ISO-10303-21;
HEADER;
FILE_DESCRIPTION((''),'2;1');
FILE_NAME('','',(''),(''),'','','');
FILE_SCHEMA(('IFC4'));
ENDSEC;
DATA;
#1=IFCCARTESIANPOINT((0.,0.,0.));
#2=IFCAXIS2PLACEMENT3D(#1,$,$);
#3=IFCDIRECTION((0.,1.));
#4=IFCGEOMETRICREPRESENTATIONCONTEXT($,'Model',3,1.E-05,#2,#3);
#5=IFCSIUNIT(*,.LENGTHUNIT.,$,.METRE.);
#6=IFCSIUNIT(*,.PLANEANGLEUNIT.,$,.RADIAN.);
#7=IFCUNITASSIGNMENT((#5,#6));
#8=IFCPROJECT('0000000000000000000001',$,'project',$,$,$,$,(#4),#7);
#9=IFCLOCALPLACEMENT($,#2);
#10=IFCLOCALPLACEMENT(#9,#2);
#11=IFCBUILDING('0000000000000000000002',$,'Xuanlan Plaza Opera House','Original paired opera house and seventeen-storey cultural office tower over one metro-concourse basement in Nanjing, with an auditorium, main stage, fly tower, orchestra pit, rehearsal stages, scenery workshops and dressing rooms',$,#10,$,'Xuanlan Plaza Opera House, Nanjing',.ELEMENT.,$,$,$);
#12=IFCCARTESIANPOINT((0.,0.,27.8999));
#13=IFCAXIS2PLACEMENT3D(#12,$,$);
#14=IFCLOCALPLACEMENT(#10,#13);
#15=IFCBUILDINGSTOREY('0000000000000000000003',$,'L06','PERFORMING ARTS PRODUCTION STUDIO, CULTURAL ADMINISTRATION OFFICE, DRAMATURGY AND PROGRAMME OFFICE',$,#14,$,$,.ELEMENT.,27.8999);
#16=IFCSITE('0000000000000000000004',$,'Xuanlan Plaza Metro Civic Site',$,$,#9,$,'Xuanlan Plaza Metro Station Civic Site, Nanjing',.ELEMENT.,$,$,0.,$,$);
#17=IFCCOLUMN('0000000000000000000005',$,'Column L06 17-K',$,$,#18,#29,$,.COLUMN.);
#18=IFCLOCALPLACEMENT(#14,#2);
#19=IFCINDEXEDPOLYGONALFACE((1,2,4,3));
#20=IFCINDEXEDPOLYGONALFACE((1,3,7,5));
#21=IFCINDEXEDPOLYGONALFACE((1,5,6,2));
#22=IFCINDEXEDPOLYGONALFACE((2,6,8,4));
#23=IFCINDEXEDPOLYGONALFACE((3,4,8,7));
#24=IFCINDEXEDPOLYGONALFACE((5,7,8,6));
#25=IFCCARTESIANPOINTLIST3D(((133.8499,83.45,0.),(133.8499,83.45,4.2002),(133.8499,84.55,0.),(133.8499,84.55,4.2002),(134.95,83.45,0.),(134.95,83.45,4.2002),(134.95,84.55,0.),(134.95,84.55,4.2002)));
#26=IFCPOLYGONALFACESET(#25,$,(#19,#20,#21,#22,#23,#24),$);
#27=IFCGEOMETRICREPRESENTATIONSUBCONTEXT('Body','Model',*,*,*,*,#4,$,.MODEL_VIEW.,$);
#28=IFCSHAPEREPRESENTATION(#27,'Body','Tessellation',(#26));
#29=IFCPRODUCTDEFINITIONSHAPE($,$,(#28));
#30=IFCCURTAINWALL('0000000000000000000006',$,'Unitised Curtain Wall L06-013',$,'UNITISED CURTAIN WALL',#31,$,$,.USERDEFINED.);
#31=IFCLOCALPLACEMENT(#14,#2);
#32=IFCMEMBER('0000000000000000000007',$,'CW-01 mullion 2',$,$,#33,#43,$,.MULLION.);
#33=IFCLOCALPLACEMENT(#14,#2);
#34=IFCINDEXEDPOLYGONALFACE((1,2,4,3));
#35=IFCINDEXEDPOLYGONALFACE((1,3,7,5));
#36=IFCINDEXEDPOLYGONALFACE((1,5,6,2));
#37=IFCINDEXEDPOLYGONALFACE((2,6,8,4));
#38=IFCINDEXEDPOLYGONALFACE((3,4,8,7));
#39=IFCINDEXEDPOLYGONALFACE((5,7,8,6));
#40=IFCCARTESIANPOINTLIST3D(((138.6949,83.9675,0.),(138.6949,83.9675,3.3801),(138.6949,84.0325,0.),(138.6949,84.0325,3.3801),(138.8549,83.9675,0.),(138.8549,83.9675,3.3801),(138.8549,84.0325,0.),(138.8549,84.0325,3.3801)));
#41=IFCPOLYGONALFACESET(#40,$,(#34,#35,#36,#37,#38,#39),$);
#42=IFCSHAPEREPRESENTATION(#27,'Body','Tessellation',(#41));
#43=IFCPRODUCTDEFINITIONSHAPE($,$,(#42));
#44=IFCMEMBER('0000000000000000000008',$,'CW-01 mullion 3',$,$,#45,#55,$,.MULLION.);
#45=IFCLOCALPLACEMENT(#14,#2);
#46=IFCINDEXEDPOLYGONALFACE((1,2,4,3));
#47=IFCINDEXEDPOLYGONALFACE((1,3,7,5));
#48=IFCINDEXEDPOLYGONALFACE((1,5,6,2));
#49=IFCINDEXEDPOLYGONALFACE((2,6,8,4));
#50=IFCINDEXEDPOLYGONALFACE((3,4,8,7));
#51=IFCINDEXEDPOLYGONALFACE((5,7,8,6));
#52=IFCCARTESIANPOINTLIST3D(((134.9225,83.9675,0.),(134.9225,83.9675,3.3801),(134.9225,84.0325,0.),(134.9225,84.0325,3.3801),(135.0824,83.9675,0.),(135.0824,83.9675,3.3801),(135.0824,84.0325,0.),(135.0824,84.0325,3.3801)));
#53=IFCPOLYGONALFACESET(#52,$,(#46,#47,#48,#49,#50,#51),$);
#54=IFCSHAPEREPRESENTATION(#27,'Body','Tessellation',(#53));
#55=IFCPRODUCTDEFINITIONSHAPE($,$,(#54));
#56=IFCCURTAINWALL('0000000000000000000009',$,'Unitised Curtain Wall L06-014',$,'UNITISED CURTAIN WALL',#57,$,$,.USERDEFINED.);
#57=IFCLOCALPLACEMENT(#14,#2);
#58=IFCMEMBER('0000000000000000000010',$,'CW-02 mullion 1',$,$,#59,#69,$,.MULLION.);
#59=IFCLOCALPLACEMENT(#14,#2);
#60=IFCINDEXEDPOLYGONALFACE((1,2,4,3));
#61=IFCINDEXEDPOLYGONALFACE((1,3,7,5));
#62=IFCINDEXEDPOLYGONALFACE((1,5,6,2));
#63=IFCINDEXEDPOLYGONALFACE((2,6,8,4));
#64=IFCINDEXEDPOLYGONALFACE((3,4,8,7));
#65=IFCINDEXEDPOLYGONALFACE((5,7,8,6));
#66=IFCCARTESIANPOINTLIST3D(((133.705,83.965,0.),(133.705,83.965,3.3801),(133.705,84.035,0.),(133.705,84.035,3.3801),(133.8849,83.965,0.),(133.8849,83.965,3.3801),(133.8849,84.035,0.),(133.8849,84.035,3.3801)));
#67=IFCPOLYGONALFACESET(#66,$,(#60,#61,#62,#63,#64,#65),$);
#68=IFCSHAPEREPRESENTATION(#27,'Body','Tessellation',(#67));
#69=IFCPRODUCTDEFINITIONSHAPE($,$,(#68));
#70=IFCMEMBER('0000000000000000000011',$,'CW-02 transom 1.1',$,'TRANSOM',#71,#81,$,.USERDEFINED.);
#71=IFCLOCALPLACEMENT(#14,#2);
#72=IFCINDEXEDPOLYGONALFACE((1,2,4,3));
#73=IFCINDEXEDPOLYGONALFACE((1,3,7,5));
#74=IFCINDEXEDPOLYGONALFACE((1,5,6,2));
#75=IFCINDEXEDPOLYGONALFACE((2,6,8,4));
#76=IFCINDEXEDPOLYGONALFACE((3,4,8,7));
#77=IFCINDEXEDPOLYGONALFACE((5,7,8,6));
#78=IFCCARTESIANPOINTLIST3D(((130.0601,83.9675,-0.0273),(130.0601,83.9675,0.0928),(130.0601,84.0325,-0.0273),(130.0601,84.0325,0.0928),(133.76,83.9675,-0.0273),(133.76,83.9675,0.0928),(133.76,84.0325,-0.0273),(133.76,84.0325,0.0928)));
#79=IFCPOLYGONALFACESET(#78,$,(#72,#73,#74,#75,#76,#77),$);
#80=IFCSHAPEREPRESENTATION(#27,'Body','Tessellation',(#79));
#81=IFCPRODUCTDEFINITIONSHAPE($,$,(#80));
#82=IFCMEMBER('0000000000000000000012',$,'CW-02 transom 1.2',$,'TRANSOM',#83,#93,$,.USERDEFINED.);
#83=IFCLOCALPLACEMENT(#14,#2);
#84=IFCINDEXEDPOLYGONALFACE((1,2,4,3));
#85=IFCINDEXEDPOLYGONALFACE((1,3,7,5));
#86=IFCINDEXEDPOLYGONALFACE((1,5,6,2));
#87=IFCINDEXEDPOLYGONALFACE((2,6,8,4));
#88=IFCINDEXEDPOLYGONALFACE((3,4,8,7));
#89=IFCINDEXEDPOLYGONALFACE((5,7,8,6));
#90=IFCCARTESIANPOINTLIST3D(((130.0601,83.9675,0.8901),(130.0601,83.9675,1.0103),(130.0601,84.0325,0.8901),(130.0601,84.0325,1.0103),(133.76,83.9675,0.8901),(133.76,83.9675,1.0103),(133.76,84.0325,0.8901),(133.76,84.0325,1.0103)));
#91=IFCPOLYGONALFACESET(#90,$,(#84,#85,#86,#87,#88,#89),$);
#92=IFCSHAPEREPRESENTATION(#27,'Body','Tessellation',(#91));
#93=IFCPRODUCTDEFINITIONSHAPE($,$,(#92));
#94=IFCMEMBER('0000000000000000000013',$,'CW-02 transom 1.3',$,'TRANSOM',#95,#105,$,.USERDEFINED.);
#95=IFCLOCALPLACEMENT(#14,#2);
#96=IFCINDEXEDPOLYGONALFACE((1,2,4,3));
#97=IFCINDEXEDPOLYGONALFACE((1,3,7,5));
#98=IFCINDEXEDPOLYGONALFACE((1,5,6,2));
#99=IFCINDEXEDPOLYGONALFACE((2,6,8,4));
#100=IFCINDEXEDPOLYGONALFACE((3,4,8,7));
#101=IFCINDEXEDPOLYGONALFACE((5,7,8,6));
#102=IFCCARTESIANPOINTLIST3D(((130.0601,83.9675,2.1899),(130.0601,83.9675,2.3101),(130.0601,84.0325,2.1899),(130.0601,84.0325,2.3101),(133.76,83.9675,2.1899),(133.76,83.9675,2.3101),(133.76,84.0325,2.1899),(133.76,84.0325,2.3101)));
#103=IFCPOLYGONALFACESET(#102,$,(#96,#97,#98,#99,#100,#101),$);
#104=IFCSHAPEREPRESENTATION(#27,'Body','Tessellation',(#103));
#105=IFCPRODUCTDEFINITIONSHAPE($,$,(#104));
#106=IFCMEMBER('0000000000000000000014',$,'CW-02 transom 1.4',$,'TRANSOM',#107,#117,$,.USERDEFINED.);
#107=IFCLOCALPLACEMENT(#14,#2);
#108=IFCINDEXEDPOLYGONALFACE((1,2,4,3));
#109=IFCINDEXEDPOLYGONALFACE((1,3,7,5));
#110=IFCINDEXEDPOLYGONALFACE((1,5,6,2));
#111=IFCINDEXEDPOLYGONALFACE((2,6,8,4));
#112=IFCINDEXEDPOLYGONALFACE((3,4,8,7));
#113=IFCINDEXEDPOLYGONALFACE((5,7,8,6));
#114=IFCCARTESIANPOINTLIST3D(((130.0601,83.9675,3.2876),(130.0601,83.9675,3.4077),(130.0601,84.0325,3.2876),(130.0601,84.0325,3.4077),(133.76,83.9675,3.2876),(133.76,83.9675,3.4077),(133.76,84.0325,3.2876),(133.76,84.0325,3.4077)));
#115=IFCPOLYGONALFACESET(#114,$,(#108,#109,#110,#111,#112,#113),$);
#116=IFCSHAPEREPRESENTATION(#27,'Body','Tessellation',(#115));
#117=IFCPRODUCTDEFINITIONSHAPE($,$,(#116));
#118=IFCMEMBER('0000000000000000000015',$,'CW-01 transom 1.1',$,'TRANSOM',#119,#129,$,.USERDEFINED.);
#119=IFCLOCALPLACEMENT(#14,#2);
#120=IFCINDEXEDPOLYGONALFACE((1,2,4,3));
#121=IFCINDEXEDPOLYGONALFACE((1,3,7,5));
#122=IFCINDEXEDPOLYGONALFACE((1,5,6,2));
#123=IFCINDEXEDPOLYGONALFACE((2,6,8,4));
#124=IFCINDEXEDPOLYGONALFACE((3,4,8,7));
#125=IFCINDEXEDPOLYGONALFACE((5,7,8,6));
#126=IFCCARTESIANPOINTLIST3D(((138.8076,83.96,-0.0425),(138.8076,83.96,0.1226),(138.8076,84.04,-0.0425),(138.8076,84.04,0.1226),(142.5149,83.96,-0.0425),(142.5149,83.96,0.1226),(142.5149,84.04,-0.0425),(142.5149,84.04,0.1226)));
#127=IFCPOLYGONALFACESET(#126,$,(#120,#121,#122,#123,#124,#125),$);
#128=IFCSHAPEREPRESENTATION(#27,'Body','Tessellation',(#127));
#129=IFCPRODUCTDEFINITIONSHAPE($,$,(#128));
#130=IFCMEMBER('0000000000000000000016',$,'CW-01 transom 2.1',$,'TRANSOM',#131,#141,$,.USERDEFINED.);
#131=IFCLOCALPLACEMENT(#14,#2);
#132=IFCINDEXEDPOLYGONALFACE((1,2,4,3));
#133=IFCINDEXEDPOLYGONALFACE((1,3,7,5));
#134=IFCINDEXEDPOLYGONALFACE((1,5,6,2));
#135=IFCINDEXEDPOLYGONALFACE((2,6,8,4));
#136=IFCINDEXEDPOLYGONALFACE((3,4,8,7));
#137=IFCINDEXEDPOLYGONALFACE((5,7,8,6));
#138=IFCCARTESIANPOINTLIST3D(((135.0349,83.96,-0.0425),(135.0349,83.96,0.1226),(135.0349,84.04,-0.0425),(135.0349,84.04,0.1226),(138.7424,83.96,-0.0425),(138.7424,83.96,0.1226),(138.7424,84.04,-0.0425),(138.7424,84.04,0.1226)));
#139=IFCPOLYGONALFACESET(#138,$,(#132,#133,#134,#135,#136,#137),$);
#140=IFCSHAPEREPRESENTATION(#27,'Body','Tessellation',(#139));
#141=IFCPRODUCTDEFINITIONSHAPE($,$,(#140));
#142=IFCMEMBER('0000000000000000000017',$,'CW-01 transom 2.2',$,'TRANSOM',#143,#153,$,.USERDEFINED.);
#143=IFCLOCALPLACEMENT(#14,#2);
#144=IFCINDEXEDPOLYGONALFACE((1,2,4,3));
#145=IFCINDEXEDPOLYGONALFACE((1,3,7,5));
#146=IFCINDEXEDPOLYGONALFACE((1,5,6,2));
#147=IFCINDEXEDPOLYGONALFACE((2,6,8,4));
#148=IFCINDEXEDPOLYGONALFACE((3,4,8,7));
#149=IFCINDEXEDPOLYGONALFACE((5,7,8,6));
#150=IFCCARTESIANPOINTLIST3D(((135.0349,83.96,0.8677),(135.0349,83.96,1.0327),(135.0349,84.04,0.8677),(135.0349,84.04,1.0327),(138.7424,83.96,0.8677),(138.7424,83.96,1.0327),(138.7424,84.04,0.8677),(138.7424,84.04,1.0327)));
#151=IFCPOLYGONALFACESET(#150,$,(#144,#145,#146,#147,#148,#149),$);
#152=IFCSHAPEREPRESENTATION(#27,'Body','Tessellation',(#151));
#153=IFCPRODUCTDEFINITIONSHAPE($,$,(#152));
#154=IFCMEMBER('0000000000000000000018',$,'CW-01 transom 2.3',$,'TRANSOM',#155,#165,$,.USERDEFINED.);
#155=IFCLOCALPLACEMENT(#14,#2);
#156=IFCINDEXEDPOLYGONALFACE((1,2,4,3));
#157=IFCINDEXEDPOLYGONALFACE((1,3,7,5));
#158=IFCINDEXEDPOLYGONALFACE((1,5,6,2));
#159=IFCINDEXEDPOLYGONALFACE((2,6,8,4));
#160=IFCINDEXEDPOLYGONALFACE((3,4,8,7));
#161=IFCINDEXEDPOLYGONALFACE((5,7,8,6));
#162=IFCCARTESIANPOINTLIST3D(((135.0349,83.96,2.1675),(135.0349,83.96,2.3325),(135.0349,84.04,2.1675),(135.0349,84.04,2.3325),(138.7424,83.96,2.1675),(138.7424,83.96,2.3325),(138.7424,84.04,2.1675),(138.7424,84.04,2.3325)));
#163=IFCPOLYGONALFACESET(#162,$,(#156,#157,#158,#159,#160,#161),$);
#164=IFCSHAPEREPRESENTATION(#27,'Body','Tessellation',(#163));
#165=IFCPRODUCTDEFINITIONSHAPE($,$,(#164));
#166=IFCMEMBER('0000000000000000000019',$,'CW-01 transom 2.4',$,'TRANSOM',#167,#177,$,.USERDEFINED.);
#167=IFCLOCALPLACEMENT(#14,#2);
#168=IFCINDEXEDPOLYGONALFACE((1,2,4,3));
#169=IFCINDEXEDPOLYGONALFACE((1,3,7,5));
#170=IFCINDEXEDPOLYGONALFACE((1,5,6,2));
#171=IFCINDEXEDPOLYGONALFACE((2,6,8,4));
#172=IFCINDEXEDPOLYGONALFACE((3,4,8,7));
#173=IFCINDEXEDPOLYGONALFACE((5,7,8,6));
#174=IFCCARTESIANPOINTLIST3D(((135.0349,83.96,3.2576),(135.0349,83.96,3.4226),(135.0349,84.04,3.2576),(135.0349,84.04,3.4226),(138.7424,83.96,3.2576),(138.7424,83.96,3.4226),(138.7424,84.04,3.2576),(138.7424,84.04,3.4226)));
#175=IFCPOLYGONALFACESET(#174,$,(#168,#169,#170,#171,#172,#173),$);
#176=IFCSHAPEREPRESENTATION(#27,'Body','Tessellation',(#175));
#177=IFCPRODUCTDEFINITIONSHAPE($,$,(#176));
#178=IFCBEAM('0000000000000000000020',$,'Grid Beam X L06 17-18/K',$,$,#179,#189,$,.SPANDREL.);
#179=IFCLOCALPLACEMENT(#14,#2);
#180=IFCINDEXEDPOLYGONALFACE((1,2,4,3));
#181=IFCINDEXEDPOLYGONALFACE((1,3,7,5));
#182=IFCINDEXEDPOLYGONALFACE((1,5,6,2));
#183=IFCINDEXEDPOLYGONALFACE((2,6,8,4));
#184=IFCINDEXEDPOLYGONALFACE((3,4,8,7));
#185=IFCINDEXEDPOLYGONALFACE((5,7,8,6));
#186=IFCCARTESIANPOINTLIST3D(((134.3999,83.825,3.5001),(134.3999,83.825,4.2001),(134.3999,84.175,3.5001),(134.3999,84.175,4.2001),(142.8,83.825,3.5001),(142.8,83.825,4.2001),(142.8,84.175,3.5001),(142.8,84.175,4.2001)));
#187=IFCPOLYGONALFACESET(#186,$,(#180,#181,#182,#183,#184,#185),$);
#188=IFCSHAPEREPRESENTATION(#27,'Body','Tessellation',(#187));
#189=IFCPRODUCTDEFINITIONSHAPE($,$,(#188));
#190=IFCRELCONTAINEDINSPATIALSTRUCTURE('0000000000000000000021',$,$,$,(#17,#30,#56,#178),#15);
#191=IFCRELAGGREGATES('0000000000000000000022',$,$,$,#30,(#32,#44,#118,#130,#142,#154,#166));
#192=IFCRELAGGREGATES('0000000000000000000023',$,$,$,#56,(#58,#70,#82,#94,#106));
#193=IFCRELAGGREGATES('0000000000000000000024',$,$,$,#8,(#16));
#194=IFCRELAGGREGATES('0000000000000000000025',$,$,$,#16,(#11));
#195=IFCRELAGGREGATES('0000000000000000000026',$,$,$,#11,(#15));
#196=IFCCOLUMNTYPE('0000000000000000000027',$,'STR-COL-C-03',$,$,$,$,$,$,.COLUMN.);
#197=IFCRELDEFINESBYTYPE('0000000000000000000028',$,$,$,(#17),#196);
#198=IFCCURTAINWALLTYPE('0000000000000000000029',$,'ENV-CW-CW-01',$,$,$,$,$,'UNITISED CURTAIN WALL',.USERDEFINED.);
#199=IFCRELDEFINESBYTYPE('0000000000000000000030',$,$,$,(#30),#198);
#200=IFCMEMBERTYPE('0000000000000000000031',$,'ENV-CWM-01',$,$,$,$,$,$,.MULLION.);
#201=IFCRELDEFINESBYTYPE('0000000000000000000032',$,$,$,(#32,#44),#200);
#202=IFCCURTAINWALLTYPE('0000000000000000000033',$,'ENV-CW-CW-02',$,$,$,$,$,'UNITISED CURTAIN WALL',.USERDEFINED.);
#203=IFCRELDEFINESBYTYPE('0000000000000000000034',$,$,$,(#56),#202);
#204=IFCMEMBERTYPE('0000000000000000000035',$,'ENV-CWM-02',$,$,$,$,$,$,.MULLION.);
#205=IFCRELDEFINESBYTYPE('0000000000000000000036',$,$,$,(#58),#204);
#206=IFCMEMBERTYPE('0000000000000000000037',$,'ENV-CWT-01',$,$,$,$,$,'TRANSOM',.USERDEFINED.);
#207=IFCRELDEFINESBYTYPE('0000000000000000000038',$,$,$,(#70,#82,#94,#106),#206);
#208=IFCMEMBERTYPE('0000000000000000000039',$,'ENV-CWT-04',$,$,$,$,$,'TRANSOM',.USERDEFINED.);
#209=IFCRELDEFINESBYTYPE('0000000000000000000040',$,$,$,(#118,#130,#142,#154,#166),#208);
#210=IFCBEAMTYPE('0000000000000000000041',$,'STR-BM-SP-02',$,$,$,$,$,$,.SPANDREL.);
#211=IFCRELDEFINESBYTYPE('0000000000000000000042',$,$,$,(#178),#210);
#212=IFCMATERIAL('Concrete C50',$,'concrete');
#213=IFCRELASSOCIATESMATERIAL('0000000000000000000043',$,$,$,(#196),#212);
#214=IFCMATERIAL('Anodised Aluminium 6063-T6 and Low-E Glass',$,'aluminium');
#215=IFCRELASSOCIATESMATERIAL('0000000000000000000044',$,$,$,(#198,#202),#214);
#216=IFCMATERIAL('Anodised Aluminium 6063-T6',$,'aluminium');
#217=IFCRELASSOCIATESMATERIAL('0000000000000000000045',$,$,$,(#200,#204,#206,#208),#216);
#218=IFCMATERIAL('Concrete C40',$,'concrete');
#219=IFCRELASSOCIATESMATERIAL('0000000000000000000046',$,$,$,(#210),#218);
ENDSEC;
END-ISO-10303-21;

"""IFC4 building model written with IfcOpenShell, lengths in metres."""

from ifc_helpers import new_model, si_unit, direction, frame, origin, origin_2d, place, context, subcontext, project, spatial, rectangle, extrude, material, material_profile, profile_set, type_object, element, aggregate, save


model = new_model("IFC4")

# Units and contexts
model_context = context("Model", 3, precision=1e-05, world=origin(), true_north=direction((0.0, 1.0)))
body_context = subcontext(model_context, "Body", "Model", "MODEL_VIEW")
ifc_project = project(units=[si_unit("LENGTHUNIT", "METRE"), si_unit("PLANEANGLEUNIT", "RADIAN")], contexts=[model_context])

# Site, building, storey
site_placement = place(None, origin())
site = spatial("IfcSite", under=ifc_project, at=site_placement, Name="Xuanlan Plaza Metro Civic Site", LongName="Xuanlan Plaza Metro Station Civic Site, Nanjing", CompositionType="ELEMENT", RefElevation=0.0)
building_placement = place(site_placement, origin())
building = spatial("IfcBuilding", under=site, at=building_placement, Name="Xuanlan Plaza Opera House", Description="Original paired opera house and seventeen-storey cultural office tower over one metro-concourse basement in Nanjing, with an auditorium, main stage, fly tower, orchestra pit, rehearsal stages, scenery workshops and dressing rooms", LongName="Xuanlan Plaza Opera House, Nanjing", CompositionType="ELEMENT")
storey_placement = place(building_placement, frame((0.0, 0.0, 27.8999)))
storey = spatial("IfcBuildingStorey", under=building, at=storey_placement, Name="L06", Description="PERFORMING ARTS PRODUCTION STUDIO, CULTURAL ADMINISTRATION OFFICE, DRAMATURGY AND PROGRAMME OFFICE", CompositionType="ELEMENT", Elevation=27.8999)

# Column
ifc_material_1 = material(Name="Concrete C50", Category="concrete")
ifc_material_profile_1 = material_profile(ifc_material_1, rectangle(XDim=1.1001, YDim=1.1001, at=origin_2d()), Name="RC-COL 1100x1100")
ifc_profile_set_1 = profile_set([ifc_material_profile_1], Name="Concrete C50")
column_type = type_object("IfcColumnType", Name="STR-COL-C-03", PredefinedType="COLUMN", material=ifc_profile_set_1)
column_placement = place(storey_placement, frame((134.3999, 84.0, 0.0), z_axis=(0.0, 0.0, 1.0), x_axis=(1.0, 0.0, 0.0)))
element("IfcColumn", 1, at=column_placement, inside=storey, type_object=column_type, Name="Column L06 17-K", PredefinedType="COLUMN", context=body_context, shape_type="SweptSolid", body=[
    extrude(rectangle(XDim=1.1001, YDim=1.1001, at=origin_2d()), origin(), (0.0, 0.0, 1.0), 4.2002),
])

# Curtain walls, members
ifc_material_2 = material(Name="Anodised Aluminium 6063-T6 and Low-E Glass", Category="aluminium")
curtain_wall_type_1 = type_object("IfcCurtainWallType", Name="ENV-CW-CW-01", ElementType="UNITISED CURTAIN WALL", PredefinedType="USERDEFINED", material=ifc_material_2)
curtain_wall_1_placement = place(storey_placement, origin())
curtain_wall_1 = element("IfcCurtainWall", 2, at=curtain_wall_1_placement, inside=storey, type_object=curtain_wall_type_1, Name="Unitised Curtain Wall L06-013", ObjectType="UNITISED CURTAIN WALL", PredefinedType="USERDEFINED")
ifc_material_3 = material(Name="Anodised Aluminium 6063-T6", Category="aluminium")
ifc_material_profile_2 = material_profile(ifc_material_3, rectangle(XDim=0.0649, YDim=0.1599, at=origin_2d()), Name="ALU-M 65x160")
ifc_profile_set_2 = profile_set([ifc_material_profile_2], Name="Anodised Aluminium 6063-T6")
member_type_1 = type_object("IfcMemberType", Name="ENV-CWM-01", PredefinedType="MULLION", material=ifc_profile_set_2)
member_1_placement = place(storey_placement, frame((138.7749, 84.0, 0.0), z_axis=(0.0, 0.0, 1.0), x_axis=(0.0, -1.0, 0.0)))
member_1 = element("IfcMember", 3, at=member_1_placement, type_object=member_type_1, Name="CW-01 mullion 2", PredefinedType="MULLION", context=body_context, shape_type="SweptSolid", body=[
    extrude(rectangle(XDim=0.0649, YDim=0.1599, at=origin_2d()), origin(), (0.0, 0.0, 1.0), 3.3801),
])
member_2_placement = place(storey_placement, frame((135.0024, 84.0, 0.0), z_axis=(0.0, 0.0, 1.0), x_axis=(0.0, -1.0, 0.0)))
member_2 = element("IfcMember", 4, at=member_2_placement, type_object=member_type_1, Name="CW-01 mullion 3", PredefinedType="MULLION", context=body_context, shape_type="SweptSolid", body=[
    extrude(rectangle(XDim=0.0649, YDim=0.1599, at=origin_2d()), origin(), (0.0, 0.0, 1.0), 3.3801),
])
curtain_wall_type_2 = type_object("IfcCurtainWallType", Name="ENV-CW-CW-02", ElementType="UNITISED CURTAIN WALL", PredefinedType="USERDEFINED", material=ifc_material_2)
curtain_wall_2_placement = place(storey_placement, origin())
curtain_wall_2 = element("IfcCurtainWall", 5, at=curtain_wall_2_placement, inside=storey, type_object=curtain_wall_type_2, Name="Unitised Curtain Wall L06-014", ObjectType="UNITISED CURTAIN WALL", PredefinedType="USERDEFINED")
ifc_material_profile_3 = material_profile(ifc_material_3, rectangle(XDim=0.0701, YDim=0.1799, at=origin_2d()), Name="ALU-M 70x180")
ifc_profile_set_3 = profile_set([ifc_material_profile_3], Name="Anodised Aluminium 6063-T6")
member_type_2 = type_object("IfcMemberType", Name="ENV-CWM-02", PredefinedType="MULLION", material=ifc_profile_set_3)
member_3_placement = place(storey_placement, frame((133.7949, 84.0, 0.0), z_axis=(0.0, 0.0, 1.0), x_axis=(0.0, -1.0, 0.0)))
member_3 = element("IfcMember", 6, at=member_3_placement, type_object=member_type_2, Name="CW-02 mullion 1", PredefinedType="MULLION", context=body_context, shape_type="SweptSolid", body=[
    extrude(rectangle(XDim=0.0701, YDim=0.1799, at=origin_2d()), origin(), (0.0, 0.0, 1.0), 3.3801),
])
ifc_material_profile_4 = material_profile(ifc_material_3, rectangle(XDim=0.0649, YDim=0.1201, at=origin_2d()), Name="ALU-T 65x120")
ifc_profile_set_4 = profile_set([ifc_material_profile_4], Name="Anodised Aluminium 6063-T6")
member_type_3 = type_object("IfcMemberType", Name="ENV-CWT-01", ElementType="TRANSOM", PredefinedType="USERDEFINED", material=ifc_profile_set_4)
member_4_placement = place(storey_placement, frame((133.76, 84.0, 0.0327), z_axis=(-1.0, 0.0, 0.0), x_axis=(0.0, -1.0, 0.0)))
member_4 = element("IfcMember", 7, at=member_4_placement, type_object=member_type_3, Name="CW-02 transom 1.1", ObjectType="TRANSOM", PredefinedType="USERDEFINED", context=body_context, shape_type="SweptSolid", body=[
    extrude(rectangle(XDim=0.0649, YDim=0.1201, at=origin_2d()), origin(), (0.0, 0.0, 1.0), 3.7),
])
member_5_placement = place(storey_placement, frame((133.76, 84.0, 0.9502), z_axis=(-1.0, 0.0, 0.0), x_axis=(0.0, -1.0, 0.0)))
member_5 = element("IfcMember", 8, at=member_5_placement, type_object=member_type_3, Name="CW-02 transom 1.2", ObjectType="TRANSOM", PredefinedType="USERDEFINED", context=body_context, shape_type="SweptSolid", body=[
    extrude(rectangle(XDim=0.0649, YDim=0.1201, at=origin_2d()), origin(), (0.0, 0.0, 1.0), 3.7),
])
member_6_placement = place(storey_placement, frame((133.76, 84.0, 2.25), z_axis=(-1.0, 0.0, 0.0), x_axis=(0.0, -1.0, 0.0)))
member_6 = element("IfcMember", 9, at=member_6_placement, type_object=member_type_3, Name="CW-02 transom 1.3", ObjectType="TRANSOM", PredefinedType="USERDEFINED", context=body_context, shape_type="SweptSolid", body=[
    extrude(rectangle(XDim=0.0649, YDim=0.1201, at=origin_2d()), origin(), (0.0, 0.0, 1.0), 3.7),
])
member_7_placement = place(storey_placement, frame((133.76, 84.0, 3.3477), z_axis=(-1.0, 0.0, 0.0), x_axis=(0.0, -1.0, 0.0)))
member_7 = element("IfcMember", 10, at=member_7_placement, type_object=member_type_3, Name="CW-02 transom 1.4", ObjectType="TRANSOM", PredefinedType="USERDEFINED", context=body_context, shape_type="SweptSolid", body=[
    extrude(rectangle(XDim=0.0649, YDim=0.1201, at=origin_2d()), origin(), (0.0, 0.0, 1.0), 3.7),
])

# Members
ifc_material_profile_5 = material_profile(ifc_material_3, rectangle(XDim=0.0801, YDim=0.165, at=origin_2d()), Name="ALU-T 80x165")
ifc_profile_set_5 = profile_set([ifc_material_profile_5], Name="Anodised Aluminium 6063-T6")
member_type_4 = type_object("IfcMemberType", Name="ENV-CWT-04", ElementType="TRANSOM", PredefinedType="USERDEFINED", material=ifc_profile_set_5)
member_8_placement = place(storey_placement, frame((142.5149, 84.0, 0.04), z_axis=(-1.0, 0.0, 0.0), x_axis=(0.0, -1.0, 0.0)))
member_8 = element("IfcMember", 11, at=member_8_placement, type_object=member_type_4, Name="CW-01 transom 1.1", ObjectType="TRANSOM", PredefinedType="USERDEFINED", context=body_context, shape_type="SweptSolid", body=[
    extrude(rectangle(XDim=0.0801, YDim=0.165, at=origin_2d()), origin(), (0.0, 0.0, 1.0), 3.7073),
])
member_9_placement = place(storey_placement, frame((138.7424, 84.0, 0.04), z_axis=(-1.0, 0.0, 0.0), x_axis=(0.0, -1.0, 0.0)))
member_9 = element("IfcMember", 12, at=member_9_placement, type_object=member_type_4, Name="CW-01 transom 2.1", ObjectType="TRANSOM", PredefinedType="USERDEFINED", context=body_context, shape_type="SweptSolid", body=[
    extrude(rectangle(XDim=0.0801, YDim=0.165, at=origin_2d()), origin(), (0.0, 0.0, 1.0), 3.7075),
])
member_10_placement = place(storey_placement, frame((138.7424, 84.0, 0.9502), z_axis=(-1.0, 0.0, 0.0), x_axis=(0.0, -1.0, 0.0)))
member_10 = element("IfcMember", 13, at=member_10_placement, type_object=member_type_4, Name="CW-01 transom 2.2", ObjectType="TRANSOM", PredefinedType="USERDEFINED", context=body_context, shape_type="SweptSolid", body=[
    extrude(rectangle(XDim=0.0801, YDim=0.165, at=origin_2d()), origin(), (0.0, 0.0, 1.0), 3.7075),
])
member_11_placement = place(storey_placement, frame((138.7424, 84.0, 2.25), z_axis=(-1.0, 0.0, 0.0), x_axis=(0.0, -1.0, 0.0)))
member_11 = element("IfcMember", 14, at=member_11_placement, type_object=member_type_4, Name="CW-01 transom 2.3", ObjectType="TRANSOM", PredefinedType="USERDEFINED", context=body_context, shape_type="SweptSolid", body=[
    extrude(rectangle(XDim=0.0801, YDim=0.165, at=origin_2d()), origin(), (0.0, 0.0, 1.0), 3.7075),
])
member_12_placement = place(storey_placement, frame((138.7424, 84.0, 3.3401), z_axis=(-1.0, 0.0, 0.0), x_axis=(0.0, -1.0, 0.0)))
member_12 = element("IfcMember", 15, at=member_12_placement, type_object=member_type_4, Name="CW-01 transom 2.4", ObjectType="TRANSOM", PredefinedType="USERDEFINED", context=body_context, shape_type="SweptSolid", body=[
    extrude(rectangle(XDim=0.0801, YDim=0.165, at=origin_2d()), origin(), (0.0, 0.0, 1.0), 3.7075),
])

# Beam
ifc_material_4 = material(Name="Concrete C40", Category="concrete")
ifc_material_profile_6 = material_profile(ifc_material_4, rectangle(XDim=0.3501, YDim=0.7, at=origin_2d()), Name="RC-SPD 350x700")
ifc_profile_set_6 = profile_set([ifc_material_profile_6], Name="Concrete C40")
beam_type = type_object("IfcBeamType", Name="STR-BM-SP-02", PredefinedType="SPANDREL", material=ifc_profile_set_6)
beam_placement = place(storey_placement, frame((134.3999, 84.0, 3.8501), z_axis=(1.0, 0.0, 0.0), x_axis=(0.0, 1.0, 0.0)))
element("IfcBeam", 16, at=beam_placement, inside=storey, type_object=beam_type, Name="Grid Beam X L06 17-18/K", PredefinedType="SPANDREL", context=body_context, shape_type="SweptSolid", body=[
    extrude(rectangle(XDim=0.3501, YDim=0.7, at=origin_2d()), origin(), (0.0, 0.0, 1.0), 8.4001),
])

aggregate(curtain_wall_1, [member_1, member_2, member_8, member_9, member_10, member_11, member_12])
aggregate(curtain_wall_2, [member_3, member_4, member_5, member_6, member_7])

save(model, "model.ifc")
